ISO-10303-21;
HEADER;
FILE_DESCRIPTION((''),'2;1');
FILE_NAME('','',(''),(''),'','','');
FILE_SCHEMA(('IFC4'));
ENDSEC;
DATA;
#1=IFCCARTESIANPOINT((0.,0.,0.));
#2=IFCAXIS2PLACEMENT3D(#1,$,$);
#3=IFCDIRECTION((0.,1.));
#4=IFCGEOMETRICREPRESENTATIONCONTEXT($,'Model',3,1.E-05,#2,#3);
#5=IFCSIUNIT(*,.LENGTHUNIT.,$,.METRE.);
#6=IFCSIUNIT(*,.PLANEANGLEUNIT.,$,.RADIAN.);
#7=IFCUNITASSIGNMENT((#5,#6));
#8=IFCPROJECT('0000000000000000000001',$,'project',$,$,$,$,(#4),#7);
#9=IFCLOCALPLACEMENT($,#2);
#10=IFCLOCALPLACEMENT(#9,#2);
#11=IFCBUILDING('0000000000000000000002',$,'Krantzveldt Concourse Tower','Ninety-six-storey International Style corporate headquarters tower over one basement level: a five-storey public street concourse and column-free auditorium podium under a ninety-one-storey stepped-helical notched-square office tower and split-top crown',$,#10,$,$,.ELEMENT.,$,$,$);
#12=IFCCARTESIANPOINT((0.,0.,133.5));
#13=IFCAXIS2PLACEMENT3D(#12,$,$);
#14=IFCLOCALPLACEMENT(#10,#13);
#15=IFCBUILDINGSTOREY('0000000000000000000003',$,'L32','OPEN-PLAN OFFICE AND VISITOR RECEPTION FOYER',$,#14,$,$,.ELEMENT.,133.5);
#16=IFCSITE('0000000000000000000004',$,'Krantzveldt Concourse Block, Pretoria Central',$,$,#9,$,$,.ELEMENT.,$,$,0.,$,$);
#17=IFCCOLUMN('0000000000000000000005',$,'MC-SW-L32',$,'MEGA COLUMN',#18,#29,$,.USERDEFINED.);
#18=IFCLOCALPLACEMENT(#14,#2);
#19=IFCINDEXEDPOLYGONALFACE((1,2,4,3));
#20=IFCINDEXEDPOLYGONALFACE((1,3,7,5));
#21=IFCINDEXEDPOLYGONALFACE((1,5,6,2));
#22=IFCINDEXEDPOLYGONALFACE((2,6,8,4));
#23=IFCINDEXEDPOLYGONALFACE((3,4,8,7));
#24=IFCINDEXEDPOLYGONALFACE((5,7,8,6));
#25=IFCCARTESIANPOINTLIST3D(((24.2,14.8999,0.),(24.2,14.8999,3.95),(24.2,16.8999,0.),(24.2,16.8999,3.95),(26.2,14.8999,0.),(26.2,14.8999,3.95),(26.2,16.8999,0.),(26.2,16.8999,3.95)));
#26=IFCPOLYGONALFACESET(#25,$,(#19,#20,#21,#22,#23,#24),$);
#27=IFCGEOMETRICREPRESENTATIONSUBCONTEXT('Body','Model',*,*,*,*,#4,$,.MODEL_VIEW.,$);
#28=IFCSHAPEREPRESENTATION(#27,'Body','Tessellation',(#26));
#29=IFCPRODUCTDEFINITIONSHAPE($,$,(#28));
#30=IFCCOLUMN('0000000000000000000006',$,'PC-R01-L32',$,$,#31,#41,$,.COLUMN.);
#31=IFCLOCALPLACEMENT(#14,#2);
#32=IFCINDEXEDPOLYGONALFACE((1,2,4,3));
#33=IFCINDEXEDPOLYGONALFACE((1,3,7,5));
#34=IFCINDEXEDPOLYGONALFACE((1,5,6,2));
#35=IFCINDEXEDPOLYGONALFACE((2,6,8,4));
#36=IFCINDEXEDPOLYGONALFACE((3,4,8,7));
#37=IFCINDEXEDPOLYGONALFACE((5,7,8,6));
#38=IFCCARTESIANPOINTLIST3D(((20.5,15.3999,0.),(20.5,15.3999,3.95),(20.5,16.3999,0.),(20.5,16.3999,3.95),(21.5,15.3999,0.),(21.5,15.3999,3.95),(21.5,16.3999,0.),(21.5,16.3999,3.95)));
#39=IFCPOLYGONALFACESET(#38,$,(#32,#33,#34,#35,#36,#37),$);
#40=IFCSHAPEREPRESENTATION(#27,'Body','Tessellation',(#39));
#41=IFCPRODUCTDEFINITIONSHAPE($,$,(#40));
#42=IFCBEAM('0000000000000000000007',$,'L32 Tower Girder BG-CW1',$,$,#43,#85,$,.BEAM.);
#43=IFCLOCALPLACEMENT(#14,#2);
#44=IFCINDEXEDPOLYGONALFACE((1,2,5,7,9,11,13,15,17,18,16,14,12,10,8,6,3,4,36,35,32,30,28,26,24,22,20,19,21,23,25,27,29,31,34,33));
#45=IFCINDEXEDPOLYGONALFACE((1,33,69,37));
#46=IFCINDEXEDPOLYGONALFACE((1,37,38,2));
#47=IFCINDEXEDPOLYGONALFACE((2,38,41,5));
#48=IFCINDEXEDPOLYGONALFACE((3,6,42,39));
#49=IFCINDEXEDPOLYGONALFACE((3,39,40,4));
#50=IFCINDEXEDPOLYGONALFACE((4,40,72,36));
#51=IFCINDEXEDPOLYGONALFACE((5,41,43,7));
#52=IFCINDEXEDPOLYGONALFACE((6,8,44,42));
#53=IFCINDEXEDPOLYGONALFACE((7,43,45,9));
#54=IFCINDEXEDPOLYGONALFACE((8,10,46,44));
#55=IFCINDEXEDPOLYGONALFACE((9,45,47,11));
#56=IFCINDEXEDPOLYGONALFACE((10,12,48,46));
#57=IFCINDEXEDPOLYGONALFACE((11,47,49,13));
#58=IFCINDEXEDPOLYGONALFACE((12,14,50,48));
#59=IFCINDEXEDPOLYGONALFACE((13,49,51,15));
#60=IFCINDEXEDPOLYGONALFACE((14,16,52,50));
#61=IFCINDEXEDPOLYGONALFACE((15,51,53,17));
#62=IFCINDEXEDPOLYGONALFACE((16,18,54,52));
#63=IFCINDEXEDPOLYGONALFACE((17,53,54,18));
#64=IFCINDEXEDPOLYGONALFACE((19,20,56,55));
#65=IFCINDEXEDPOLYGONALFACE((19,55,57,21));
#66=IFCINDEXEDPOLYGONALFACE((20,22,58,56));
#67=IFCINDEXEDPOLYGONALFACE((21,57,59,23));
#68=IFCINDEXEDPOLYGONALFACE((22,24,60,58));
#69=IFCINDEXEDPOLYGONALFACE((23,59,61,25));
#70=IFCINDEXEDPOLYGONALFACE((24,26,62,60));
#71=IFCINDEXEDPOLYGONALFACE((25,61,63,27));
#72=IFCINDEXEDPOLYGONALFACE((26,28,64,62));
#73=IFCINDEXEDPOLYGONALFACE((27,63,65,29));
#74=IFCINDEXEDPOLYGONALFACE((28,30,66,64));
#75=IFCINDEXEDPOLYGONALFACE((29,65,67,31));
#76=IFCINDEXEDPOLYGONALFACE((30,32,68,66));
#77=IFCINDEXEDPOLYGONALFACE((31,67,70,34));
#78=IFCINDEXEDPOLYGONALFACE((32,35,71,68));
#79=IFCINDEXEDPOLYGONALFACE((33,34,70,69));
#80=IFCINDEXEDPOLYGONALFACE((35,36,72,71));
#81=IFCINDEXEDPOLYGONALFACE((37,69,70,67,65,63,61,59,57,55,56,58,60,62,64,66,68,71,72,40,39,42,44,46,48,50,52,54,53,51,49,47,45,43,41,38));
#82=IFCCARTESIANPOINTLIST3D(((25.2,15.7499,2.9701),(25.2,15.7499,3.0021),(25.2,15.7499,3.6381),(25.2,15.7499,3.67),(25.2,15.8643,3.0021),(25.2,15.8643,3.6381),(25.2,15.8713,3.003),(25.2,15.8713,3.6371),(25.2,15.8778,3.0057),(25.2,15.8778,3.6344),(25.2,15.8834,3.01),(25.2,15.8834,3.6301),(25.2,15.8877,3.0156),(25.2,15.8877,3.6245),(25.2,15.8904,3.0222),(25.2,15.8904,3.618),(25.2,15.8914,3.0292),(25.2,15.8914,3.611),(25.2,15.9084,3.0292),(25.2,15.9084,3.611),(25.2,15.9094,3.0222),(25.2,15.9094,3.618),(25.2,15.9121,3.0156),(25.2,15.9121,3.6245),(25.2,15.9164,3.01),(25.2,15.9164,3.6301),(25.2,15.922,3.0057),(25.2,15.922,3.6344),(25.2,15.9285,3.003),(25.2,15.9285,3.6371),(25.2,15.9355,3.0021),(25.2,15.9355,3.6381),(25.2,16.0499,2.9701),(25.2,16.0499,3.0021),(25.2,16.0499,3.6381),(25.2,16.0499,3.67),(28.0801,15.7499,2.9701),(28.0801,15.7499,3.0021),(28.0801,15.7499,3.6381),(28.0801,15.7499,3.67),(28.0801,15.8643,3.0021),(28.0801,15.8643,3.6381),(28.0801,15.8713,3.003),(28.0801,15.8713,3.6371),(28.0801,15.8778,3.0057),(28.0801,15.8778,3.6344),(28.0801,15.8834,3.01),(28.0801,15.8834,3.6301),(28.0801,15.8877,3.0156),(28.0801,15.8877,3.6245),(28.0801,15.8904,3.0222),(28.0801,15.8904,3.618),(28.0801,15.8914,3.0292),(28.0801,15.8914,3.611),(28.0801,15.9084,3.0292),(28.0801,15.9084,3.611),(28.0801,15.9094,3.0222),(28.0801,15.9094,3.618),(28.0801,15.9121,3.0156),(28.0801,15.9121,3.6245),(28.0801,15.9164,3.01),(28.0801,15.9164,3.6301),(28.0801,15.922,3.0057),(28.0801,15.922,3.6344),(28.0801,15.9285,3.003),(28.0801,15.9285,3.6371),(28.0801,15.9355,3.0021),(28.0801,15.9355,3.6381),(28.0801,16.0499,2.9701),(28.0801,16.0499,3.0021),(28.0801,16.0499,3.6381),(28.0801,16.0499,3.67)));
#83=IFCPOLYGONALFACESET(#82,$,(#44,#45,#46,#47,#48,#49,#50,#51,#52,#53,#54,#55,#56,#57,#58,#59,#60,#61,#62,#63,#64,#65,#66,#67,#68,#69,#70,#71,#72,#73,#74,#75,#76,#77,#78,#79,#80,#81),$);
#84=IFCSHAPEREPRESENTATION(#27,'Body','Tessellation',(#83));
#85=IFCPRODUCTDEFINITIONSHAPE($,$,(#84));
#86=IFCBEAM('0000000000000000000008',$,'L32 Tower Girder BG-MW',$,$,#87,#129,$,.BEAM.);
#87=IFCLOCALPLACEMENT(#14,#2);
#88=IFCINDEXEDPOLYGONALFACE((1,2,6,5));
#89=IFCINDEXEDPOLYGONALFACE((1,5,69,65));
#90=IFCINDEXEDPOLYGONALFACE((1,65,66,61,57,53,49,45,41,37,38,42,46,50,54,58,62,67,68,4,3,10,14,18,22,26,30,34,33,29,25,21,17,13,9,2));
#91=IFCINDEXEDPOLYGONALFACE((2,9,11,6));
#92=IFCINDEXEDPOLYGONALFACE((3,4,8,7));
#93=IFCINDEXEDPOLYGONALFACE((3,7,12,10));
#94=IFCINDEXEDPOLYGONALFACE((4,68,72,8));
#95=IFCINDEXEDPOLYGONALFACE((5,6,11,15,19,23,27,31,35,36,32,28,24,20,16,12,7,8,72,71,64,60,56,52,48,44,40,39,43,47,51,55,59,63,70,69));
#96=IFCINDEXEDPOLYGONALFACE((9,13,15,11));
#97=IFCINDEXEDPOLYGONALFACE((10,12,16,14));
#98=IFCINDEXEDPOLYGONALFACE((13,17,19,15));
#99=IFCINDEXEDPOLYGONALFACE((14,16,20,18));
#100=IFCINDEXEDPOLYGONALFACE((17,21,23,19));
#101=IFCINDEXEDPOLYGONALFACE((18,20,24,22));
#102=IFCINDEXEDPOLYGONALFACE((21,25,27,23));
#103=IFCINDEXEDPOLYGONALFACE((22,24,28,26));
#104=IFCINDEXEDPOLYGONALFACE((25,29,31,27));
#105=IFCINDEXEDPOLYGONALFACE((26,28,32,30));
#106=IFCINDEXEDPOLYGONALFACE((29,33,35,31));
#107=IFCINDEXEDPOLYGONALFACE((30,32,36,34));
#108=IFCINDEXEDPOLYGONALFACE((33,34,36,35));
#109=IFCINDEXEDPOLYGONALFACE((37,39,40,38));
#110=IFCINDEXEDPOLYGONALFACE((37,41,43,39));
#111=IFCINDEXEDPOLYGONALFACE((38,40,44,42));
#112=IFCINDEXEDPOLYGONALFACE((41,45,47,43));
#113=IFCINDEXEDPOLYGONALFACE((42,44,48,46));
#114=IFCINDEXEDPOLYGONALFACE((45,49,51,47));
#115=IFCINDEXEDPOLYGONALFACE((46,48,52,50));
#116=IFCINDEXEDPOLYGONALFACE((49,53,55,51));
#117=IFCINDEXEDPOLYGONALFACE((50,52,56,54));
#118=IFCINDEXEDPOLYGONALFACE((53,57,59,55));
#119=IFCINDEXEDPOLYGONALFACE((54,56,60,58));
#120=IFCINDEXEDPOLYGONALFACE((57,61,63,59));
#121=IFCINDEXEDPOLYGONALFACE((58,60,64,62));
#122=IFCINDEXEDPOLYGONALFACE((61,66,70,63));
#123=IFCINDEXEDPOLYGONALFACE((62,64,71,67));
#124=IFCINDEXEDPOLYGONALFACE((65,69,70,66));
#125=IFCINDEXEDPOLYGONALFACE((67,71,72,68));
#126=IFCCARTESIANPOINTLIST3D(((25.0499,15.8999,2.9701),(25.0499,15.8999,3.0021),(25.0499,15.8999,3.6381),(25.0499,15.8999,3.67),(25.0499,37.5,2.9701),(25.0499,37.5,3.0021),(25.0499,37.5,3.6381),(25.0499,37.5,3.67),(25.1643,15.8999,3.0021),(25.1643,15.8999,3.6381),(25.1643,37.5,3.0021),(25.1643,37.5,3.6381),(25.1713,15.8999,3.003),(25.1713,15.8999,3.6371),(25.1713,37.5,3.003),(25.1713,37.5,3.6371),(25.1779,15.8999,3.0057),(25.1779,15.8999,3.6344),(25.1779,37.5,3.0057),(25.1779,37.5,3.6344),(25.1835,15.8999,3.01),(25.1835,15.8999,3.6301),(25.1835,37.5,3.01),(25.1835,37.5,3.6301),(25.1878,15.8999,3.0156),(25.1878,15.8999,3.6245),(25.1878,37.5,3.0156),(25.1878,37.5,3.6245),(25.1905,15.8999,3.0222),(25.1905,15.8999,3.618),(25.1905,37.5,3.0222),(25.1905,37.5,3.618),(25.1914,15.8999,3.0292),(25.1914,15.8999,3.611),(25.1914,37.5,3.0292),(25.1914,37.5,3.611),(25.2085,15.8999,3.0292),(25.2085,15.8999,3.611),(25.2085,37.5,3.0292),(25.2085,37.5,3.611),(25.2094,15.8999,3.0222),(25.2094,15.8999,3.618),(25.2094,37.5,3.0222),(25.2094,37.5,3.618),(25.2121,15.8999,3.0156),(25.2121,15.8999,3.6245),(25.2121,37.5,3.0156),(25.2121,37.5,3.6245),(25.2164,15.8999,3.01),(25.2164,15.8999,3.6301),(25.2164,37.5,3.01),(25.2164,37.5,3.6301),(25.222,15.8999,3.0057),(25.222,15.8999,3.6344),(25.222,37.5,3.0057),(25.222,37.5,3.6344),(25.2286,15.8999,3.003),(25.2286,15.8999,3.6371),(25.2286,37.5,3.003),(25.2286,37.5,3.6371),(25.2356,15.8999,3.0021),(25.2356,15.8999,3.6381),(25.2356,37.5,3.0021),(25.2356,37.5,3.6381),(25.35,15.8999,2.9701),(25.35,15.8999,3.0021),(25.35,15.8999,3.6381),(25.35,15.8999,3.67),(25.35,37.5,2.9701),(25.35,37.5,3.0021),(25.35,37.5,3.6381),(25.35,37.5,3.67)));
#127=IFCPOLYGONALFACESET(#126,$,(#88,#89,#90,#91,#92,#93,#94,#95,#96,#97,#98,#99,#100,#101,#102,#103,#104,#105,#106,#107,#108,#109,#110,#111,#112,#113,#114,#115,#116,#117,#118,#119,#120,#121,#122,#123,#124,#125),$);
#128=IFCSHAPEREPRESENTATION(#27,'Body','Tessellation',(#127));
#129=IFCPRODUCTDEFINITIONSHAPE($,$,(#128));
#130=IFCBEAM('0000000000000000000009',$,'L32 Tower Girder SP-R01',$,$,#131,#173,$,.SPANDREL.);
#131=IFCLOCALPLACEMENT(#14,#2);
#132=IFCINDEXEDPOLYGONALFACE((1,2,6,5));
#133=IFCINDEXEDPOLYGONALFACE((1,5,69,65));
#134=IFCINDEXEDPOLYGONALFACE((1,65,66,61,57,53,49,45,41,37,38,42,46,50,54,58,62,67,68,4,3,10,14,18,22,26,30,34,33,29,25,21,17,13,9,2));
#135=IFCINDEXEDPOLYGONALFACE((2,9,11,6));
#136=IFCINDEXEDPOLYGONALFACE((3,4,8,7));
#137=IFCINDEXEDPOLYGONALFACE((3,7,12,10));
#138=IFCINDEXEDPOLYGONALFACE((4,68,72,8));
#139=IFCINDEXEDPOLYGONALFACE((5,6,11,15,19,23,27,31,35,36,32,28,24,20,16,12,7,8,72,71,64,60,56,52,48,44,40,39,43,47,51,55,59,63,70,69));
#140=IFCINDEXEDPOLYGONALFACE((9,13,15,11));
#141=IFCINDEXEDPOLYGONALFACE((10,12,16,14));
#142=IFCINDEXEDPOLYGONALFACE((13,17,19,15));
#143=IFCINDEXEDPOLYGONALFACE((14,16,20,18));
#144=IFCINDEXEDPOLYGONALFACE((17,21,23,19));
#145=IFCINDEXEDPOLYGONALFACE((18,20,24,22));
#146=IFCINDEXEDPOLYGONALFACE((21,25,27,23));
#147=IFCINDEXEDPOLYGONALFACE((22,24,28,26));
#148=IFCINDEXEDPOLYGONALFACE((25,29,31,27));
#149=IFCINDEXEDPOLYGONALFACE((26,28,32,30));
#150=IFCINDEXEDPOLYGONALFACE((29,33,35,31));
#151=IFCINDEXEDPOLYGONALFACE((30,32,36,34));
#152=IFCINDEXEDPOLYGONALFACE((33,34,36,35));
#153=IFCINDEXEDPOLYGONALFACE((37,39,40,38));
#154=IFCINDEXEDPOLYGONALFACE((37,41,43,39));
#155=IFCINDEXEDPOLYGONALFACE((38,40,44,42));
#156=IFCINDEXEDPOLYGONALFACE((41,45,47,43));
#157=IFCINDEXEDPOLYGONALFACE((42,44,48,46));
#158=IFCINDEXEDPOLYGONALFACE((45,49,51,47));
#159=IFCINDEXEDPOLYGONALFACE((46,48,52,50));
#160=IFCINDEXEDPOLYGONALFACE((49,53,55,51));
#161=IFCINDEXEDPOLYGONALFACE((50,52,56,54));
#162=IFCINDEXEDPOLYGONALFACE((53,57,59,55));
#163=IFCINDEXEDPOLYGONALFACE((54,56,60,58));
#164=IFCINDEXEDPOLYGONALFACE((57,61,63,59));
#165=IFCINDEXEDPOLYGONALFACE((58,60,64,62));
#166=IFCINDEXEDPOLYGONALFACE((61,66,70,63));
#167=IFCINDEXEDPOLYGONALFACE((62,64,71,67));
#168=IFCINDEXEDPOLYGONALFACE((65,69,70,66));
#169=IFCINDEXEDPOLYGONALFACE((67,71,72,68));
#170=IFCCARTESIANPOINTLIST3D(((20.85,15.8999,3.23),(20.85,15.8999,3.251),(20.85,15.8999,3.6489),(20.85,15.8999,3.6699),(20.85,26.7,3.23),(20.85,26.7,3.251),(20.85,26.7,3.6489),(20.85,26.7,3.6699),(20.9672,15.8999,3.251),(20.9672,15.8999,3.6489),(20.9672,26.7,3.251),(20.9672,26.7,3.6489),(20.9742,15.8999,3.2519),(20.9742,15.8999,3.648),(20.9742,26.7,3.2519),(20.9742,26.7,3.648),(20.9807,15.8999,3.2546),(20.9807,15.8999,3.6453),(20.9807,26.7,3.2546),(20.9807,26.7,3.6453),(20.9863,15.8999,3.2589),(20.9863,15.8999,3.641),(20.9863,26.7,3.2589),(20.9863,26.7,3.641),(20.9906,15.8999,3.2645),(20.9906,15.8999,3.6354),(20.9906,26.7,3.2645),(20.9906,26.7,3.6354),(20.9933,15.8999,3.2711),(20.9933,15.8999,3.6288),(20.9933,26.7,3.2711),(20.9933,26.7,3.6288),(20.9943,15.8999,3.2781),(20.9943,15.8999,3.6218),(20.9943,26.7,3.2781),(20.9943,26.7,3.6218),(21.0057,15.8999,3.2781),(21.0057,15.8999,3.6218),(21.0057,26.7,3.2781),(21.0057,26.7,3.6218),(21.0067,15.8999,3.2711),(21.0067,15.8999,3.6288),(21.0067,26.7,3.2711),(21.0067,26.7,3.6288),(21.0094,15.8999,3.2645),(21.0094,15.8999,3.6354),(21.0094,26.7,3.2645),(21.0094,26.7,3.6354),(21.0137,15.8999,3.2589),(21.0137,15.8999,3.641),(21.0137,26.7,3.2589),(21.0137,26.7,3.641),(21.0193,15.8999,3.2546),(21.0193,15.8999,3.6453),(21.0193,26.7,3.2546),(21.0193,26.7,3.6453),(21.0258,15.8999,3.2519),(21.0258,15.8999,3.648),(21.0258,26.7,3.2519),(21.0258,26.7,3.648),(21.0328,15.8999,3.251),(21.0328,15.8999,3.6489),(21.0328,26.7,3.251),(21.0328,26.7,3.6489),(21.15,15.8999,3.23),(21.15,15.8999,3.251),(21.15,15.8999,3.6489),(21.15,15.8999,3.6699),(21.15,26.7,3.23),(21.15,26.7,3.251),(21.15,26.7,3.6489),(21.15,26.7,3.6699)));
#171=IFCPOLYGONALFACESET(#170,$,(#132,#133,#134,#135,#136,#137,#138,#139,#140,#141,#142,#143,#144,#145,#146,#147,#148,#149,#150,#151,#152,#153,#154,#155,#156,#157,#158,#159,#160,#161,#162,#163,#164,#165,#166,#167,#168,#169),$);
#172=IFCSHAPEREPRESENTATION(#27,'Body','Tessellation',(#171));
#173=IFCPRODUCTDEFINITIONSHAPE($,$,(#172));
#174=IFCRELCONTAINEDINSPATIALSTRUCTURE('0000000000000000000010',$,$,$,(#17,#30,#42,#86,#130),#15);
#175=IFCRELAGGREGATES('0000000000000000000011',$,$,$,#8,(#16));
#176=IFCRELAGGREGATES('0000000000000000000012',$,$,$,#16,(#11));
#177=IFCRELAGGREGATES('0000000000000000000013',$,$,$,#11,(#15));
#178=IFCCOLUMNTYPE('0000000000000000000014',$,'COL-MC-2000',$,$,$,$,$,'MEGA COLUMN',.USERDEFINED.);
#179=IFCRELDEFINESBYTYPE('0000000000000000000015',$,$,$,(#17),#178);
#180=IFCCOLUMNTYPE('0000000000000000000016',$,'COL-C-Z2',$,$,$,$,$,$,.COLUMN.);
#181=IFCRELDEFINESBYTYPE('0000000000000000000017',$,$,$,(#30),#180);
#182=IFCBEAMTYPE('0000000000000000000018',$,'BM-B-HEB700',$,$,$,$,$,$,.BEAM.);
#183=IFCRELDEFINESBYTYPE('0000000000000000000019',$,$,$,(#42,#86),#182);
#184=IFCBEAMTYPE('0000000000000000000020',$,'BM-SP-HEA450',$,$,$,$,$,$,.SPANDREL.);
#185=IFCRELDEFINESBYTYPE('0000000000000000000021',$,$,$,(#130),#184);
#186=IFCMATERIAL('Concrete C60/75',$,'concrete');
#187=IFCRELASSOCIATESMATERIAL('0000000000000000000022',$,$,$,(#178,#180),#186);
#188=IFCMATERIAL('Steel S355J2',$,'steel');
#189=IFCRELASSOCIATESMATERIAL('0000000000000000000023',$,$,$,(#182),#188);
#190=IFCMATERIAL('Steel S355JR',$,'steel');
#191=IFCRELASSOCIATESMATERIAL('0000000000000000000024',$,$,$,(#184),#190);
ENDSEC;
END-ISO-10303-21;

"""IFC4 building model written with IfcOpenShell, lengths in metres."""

from ifc_helpers import new_model, si_unit, direction, frame, origin, origin_2d, place, context, subcontext, project, spatial, rectangle, i_section, extrude, source, transform, mapped, material, material_profile, profile_set, type_object, type_shapes, element, save


model = new_model("IFC4")

# Units and contexts
model_context = context("Model", 3, precision=1e-05, world=origin(), true_north=direction((0.0, 1.0)))
body_context = subcontext(model_context, "Body", "Model", "MODEL_VIEW")
ifc_project = project(units=[si_unit("LENGTHUNIT", "METRE"), si_unit("PLANEANGLEUNIT", "RADIAN")], contexts=[model_context])

# Site, building, storey
site_placement = place(None, origin())
site = spatial("IfcSite", under=ifc_project, at=site_placement, Name="Krantzveldt Concourse Block, Pretoria Central", CompositionType="ELEMENT", RefElevation=0.0)
building_placement = place(site_placement, origin())
building = spatial("IfcBuilding", under=site, at=building_placement, Name="Krantzveldt Concourse Tower", Description="Ninety-six-storey International Style corporate headquarters tower over one basement level: a five-storey public street concourse and column-free auditorium podium under a ninety-one-storey stepped-helical notched-square office tower and split-top crown", CompositionType="ELEMENT")
storey_placement = place(building_placement, frame((0.0, 0.0, 133.5)))
storey = spatial("IfcBuildingStorey", under=building, at=storey_placement, Name="L32", Description="OPEN-PLAN OFFICE AND VISITOR RECEPTION FOYER", CompositionType="ELEMENT", Elevation=133.5)

# Columns
ifc_material_1 = material(Name="Concrete C60/75", Category="concrete")
ifc_material_profile_1 = material_profile(ifc_material_1, rectangle(XDim=2.0, YDim=2.0, at=origin_2d()), Name="Concrete C60/75", Category="concrete")
ifc_profile_set_1 = profile_set([ifc_material_profile_1], Name="Concrete C60/75 - RC 2000x2000")
column_type_1 = type_object("IfcColumnType", Name="COL-MC-2000", ElementType="MEGA COLUMN", PredefinedType="USERDEFINED", material=ifc_profile_set_1)
shared_shape_1 = source(origin(), body_context, "Body", "SweptSolid", [
    extrude(rectangle(XDim=2.0, YDim=2.0, at=origin_2d()), origin(), (0.0, 0.0, 1.0), 3.95),
])
type_shapes(column_type_1, [shared_shape_1])
column_1_placement = place(storey_placement, frame((25.2, 15.8999, 0.0), z_axis=(0.0, 0.0, 1.0), x_axis=(1.0, 0.0, 0.0)))
element("IfcColumn", 1, at=column_1_placement, inside=storey, type_object=column_type_1, Name="MC-SW-L32", ObjectType="MEGA COLUMN", PredefinedType="USERDEFINED", context=body_context, shape_type="MappedRepresentation", body=[
    mapped(shared_shape_1, transform((0.0, 0.0, 0.0), x_axis=(1.0, 0.0, 0.0), y_axis=(0.0, 1.0, 0.0), z_axis=(0.0, 0.0, 1.0), scale=1.0)),
])
ifc_material_profile_2 = material_profile(ifc_material_1, rectangle(XDim=1.0, YDim=1.0, at=origin_2d()), Name="Concrete C60/75", Category="concrete")
ifc_profile_set_2 = profile_set([ifc_material_profile_2], Name="Concrete C60/75 - RC 1000x1000")
column_type_2 = type_object("IfcColumnType", Name="COL-C-Z2", PredefinedType="COLUMN", material=ifc_profile_set_2)
shared_shape_2 = source(origin(), body_context, "Body", "SweptSolid", [
    extrude(rectangle(XDim=1.0, YDim=1.0, at=origin_2d()), origin(), (0.0, 0.0, 1.0), 3.95),
])
type_shapes(column_type_2, [shared_shape_2])
column_2_placement = place(storey_placement, frame((21.0, 15.8999, 0.0), z_axis=(0.0, 0.0, 1.0), x_axis=(1.0, 0.0, 0.0)))
element("IfcColumn", 2, at=column_2_placement, inside=storey, type_object=column_type_2, Name="PC-R01-L32", PredefinedType="COLUMN", context=body_context, shape_type="MappedRepresentation", body=[
    mapped(shared_shape_2, transform((0.0, 0.0, 0.0), x_axis=(1.0, 0.0, 0.0), y_axis=(0.0, 1.0, 0.0), z_axis=(0.0, 0.0, 1.0), scale=1.0)),
])

# Beams
ifc_material_2 = material(Name="Steel S355J2", Category="steel")
ifc_material_profile_3 = material_profile(ifc_material_2, i_section(OverallWidth=0.3, OverallDepth=0.7, WebThickness=0.0171, FlangeThickness=0.032, FilletRadius=0.0271, at=origin_2d()), Name="Steel S355J2", Category="steel")
ifc_profile_set_3 = profile_set([ifc_material_profile_3], Name="Steel S355J2 - HEB 700")
beam_type_1 = type_object("IfcBeamType", Name="BM-B-HEB700", PredefinedType="BEAM", material=ifc_profile_set_3)
shared_shape_3 = source(origin(), body_context, "Body", "SweptSolid", [
    extrude(i_section(OverallWidth=0.3, OverallDepth=0.7, WebThickness=0.0171, FlangeThickness=0.032, FilletRadius=0.0271, at=origin_2d()), origin(), (0.0, 0.0, 1.0), 2.8801),
])
beam_1_placement = place(storey_placement, frame((25.2, 15.8999, 3.3201), z_axis=(1.0, 0.0, 0.0), x_axis=(0.0, 1.0, 0.0)))
element("IfcBeam", 3, at=beam_1_placement, inside=storey, type_object=beam_type_1, Name="L32 Tower Girder BG-CW1", PredefinedType="BEAM", context=body_context, shape_type="MappedRepresentation", body=[
    mapped(shared_shape_3, transform((0.0, 0.0, 0.0), x_axis=(1.0, 0.0, 0.0), y_axis=(0.0, 1.0, 0.0), z_axis=(0.0, 0.0, 1.0), scale=1.0)),
])
shared_shape_4 = source(origin(), body_context, "Body", "SweptSolid", [
    extrude(i_section(OverallWidth=0.3, OverallDepth=0.7, WebThickness=0.0171, FlangeThickness=0.032, FilletRadius=0.0271, at=origin_2d()), origin(), (0.0, 0.0, 1.0), 21.6001),
])
type_shapes(beam_type_1, [shared_shape_3, shared_shape_4])
beam_2_placement = place(storey_placement, frame((25.2, 15.8999, 3.3201), z_axis=(0.0, 1.0, 0.0), x_axis=(-1.0, 0.0, 0.0)))
element("IfcBeam", 4, at=beam_2_placement, inside=storey, type_object=beam_type_1, Name="L32 Tower Girder BG-MW", PredefinedType="BEAM", context=body_context, shape_type="MappedRepresentation", body=[
    mapped(shared_shape_4, transform((0.0, 0.0, 0.0), x_axis=(1.0, 0.0, 0.0), y_axis=(0.0, 1.0, 0.0), z_axis=(0.0, 0.0, 1.0), scale=1.0)),
])
ifc_material_3 = material(Name="Steel S355JR", Category="steel")
ifc_material_profile_4 = material_profile(ifc_material_3, i_section(OverallWidth=0.3, OverallDepth=0.4399, WebThickness=0.0115, FlangeThickness=0.021, FilletRadius=0.0271, at=origin_2d()), Name="Steel S355JR", Category="steel")
ifc_profile_set_4 = profile_set([ifc_material_profile_4], Name="Steel S355JR - HEA 450")
beam_type_2 = type_object("IfcBeamType", Name="BM-SP-HEA450", PredefinedType="SPANDREL", material=ifc_profile_set_4)
shared_shape_5 = source(origin(), body_context, "Body", "SweptSolid", [
    extrude(i_section(OverallWidth=0.3, OverallDepth=0.4399, WebThickness=0.0115, FlangeThickness=0.021, FilletRadius=0.0271, at=origin_2d()), origin(), (0.0, 0.0, 1.0), 10.8),
])
type_shapes(beam_type_2, [shared_shape_5])
beam_3_placement = place(storey_placement, frame((21.0, 15.8999, 3.45), z_axis=(0.0, 1.0, 0.0), x_axis=(-1.0, 0.0, 0.0)))
element("IfcBeam", 5, at=beam_3_placement, inside=storey, type_object=beam_type_2, Name="L32 Tower Girder SP-R01", PredefinedType="SPANDREL", context=body_context, shape_type="MappedRepresentation", body=[
    mapped(shared_shape_5, transform((0.0, 0.0, 0.0), x_axis=(1.0, 0.0, 0.0), y_axis=(0.0, 1.0, 0.0), z_axis=(0.0, 0.0, 1.0), scale=1.0)),
])

save(model, "model.ifc")
